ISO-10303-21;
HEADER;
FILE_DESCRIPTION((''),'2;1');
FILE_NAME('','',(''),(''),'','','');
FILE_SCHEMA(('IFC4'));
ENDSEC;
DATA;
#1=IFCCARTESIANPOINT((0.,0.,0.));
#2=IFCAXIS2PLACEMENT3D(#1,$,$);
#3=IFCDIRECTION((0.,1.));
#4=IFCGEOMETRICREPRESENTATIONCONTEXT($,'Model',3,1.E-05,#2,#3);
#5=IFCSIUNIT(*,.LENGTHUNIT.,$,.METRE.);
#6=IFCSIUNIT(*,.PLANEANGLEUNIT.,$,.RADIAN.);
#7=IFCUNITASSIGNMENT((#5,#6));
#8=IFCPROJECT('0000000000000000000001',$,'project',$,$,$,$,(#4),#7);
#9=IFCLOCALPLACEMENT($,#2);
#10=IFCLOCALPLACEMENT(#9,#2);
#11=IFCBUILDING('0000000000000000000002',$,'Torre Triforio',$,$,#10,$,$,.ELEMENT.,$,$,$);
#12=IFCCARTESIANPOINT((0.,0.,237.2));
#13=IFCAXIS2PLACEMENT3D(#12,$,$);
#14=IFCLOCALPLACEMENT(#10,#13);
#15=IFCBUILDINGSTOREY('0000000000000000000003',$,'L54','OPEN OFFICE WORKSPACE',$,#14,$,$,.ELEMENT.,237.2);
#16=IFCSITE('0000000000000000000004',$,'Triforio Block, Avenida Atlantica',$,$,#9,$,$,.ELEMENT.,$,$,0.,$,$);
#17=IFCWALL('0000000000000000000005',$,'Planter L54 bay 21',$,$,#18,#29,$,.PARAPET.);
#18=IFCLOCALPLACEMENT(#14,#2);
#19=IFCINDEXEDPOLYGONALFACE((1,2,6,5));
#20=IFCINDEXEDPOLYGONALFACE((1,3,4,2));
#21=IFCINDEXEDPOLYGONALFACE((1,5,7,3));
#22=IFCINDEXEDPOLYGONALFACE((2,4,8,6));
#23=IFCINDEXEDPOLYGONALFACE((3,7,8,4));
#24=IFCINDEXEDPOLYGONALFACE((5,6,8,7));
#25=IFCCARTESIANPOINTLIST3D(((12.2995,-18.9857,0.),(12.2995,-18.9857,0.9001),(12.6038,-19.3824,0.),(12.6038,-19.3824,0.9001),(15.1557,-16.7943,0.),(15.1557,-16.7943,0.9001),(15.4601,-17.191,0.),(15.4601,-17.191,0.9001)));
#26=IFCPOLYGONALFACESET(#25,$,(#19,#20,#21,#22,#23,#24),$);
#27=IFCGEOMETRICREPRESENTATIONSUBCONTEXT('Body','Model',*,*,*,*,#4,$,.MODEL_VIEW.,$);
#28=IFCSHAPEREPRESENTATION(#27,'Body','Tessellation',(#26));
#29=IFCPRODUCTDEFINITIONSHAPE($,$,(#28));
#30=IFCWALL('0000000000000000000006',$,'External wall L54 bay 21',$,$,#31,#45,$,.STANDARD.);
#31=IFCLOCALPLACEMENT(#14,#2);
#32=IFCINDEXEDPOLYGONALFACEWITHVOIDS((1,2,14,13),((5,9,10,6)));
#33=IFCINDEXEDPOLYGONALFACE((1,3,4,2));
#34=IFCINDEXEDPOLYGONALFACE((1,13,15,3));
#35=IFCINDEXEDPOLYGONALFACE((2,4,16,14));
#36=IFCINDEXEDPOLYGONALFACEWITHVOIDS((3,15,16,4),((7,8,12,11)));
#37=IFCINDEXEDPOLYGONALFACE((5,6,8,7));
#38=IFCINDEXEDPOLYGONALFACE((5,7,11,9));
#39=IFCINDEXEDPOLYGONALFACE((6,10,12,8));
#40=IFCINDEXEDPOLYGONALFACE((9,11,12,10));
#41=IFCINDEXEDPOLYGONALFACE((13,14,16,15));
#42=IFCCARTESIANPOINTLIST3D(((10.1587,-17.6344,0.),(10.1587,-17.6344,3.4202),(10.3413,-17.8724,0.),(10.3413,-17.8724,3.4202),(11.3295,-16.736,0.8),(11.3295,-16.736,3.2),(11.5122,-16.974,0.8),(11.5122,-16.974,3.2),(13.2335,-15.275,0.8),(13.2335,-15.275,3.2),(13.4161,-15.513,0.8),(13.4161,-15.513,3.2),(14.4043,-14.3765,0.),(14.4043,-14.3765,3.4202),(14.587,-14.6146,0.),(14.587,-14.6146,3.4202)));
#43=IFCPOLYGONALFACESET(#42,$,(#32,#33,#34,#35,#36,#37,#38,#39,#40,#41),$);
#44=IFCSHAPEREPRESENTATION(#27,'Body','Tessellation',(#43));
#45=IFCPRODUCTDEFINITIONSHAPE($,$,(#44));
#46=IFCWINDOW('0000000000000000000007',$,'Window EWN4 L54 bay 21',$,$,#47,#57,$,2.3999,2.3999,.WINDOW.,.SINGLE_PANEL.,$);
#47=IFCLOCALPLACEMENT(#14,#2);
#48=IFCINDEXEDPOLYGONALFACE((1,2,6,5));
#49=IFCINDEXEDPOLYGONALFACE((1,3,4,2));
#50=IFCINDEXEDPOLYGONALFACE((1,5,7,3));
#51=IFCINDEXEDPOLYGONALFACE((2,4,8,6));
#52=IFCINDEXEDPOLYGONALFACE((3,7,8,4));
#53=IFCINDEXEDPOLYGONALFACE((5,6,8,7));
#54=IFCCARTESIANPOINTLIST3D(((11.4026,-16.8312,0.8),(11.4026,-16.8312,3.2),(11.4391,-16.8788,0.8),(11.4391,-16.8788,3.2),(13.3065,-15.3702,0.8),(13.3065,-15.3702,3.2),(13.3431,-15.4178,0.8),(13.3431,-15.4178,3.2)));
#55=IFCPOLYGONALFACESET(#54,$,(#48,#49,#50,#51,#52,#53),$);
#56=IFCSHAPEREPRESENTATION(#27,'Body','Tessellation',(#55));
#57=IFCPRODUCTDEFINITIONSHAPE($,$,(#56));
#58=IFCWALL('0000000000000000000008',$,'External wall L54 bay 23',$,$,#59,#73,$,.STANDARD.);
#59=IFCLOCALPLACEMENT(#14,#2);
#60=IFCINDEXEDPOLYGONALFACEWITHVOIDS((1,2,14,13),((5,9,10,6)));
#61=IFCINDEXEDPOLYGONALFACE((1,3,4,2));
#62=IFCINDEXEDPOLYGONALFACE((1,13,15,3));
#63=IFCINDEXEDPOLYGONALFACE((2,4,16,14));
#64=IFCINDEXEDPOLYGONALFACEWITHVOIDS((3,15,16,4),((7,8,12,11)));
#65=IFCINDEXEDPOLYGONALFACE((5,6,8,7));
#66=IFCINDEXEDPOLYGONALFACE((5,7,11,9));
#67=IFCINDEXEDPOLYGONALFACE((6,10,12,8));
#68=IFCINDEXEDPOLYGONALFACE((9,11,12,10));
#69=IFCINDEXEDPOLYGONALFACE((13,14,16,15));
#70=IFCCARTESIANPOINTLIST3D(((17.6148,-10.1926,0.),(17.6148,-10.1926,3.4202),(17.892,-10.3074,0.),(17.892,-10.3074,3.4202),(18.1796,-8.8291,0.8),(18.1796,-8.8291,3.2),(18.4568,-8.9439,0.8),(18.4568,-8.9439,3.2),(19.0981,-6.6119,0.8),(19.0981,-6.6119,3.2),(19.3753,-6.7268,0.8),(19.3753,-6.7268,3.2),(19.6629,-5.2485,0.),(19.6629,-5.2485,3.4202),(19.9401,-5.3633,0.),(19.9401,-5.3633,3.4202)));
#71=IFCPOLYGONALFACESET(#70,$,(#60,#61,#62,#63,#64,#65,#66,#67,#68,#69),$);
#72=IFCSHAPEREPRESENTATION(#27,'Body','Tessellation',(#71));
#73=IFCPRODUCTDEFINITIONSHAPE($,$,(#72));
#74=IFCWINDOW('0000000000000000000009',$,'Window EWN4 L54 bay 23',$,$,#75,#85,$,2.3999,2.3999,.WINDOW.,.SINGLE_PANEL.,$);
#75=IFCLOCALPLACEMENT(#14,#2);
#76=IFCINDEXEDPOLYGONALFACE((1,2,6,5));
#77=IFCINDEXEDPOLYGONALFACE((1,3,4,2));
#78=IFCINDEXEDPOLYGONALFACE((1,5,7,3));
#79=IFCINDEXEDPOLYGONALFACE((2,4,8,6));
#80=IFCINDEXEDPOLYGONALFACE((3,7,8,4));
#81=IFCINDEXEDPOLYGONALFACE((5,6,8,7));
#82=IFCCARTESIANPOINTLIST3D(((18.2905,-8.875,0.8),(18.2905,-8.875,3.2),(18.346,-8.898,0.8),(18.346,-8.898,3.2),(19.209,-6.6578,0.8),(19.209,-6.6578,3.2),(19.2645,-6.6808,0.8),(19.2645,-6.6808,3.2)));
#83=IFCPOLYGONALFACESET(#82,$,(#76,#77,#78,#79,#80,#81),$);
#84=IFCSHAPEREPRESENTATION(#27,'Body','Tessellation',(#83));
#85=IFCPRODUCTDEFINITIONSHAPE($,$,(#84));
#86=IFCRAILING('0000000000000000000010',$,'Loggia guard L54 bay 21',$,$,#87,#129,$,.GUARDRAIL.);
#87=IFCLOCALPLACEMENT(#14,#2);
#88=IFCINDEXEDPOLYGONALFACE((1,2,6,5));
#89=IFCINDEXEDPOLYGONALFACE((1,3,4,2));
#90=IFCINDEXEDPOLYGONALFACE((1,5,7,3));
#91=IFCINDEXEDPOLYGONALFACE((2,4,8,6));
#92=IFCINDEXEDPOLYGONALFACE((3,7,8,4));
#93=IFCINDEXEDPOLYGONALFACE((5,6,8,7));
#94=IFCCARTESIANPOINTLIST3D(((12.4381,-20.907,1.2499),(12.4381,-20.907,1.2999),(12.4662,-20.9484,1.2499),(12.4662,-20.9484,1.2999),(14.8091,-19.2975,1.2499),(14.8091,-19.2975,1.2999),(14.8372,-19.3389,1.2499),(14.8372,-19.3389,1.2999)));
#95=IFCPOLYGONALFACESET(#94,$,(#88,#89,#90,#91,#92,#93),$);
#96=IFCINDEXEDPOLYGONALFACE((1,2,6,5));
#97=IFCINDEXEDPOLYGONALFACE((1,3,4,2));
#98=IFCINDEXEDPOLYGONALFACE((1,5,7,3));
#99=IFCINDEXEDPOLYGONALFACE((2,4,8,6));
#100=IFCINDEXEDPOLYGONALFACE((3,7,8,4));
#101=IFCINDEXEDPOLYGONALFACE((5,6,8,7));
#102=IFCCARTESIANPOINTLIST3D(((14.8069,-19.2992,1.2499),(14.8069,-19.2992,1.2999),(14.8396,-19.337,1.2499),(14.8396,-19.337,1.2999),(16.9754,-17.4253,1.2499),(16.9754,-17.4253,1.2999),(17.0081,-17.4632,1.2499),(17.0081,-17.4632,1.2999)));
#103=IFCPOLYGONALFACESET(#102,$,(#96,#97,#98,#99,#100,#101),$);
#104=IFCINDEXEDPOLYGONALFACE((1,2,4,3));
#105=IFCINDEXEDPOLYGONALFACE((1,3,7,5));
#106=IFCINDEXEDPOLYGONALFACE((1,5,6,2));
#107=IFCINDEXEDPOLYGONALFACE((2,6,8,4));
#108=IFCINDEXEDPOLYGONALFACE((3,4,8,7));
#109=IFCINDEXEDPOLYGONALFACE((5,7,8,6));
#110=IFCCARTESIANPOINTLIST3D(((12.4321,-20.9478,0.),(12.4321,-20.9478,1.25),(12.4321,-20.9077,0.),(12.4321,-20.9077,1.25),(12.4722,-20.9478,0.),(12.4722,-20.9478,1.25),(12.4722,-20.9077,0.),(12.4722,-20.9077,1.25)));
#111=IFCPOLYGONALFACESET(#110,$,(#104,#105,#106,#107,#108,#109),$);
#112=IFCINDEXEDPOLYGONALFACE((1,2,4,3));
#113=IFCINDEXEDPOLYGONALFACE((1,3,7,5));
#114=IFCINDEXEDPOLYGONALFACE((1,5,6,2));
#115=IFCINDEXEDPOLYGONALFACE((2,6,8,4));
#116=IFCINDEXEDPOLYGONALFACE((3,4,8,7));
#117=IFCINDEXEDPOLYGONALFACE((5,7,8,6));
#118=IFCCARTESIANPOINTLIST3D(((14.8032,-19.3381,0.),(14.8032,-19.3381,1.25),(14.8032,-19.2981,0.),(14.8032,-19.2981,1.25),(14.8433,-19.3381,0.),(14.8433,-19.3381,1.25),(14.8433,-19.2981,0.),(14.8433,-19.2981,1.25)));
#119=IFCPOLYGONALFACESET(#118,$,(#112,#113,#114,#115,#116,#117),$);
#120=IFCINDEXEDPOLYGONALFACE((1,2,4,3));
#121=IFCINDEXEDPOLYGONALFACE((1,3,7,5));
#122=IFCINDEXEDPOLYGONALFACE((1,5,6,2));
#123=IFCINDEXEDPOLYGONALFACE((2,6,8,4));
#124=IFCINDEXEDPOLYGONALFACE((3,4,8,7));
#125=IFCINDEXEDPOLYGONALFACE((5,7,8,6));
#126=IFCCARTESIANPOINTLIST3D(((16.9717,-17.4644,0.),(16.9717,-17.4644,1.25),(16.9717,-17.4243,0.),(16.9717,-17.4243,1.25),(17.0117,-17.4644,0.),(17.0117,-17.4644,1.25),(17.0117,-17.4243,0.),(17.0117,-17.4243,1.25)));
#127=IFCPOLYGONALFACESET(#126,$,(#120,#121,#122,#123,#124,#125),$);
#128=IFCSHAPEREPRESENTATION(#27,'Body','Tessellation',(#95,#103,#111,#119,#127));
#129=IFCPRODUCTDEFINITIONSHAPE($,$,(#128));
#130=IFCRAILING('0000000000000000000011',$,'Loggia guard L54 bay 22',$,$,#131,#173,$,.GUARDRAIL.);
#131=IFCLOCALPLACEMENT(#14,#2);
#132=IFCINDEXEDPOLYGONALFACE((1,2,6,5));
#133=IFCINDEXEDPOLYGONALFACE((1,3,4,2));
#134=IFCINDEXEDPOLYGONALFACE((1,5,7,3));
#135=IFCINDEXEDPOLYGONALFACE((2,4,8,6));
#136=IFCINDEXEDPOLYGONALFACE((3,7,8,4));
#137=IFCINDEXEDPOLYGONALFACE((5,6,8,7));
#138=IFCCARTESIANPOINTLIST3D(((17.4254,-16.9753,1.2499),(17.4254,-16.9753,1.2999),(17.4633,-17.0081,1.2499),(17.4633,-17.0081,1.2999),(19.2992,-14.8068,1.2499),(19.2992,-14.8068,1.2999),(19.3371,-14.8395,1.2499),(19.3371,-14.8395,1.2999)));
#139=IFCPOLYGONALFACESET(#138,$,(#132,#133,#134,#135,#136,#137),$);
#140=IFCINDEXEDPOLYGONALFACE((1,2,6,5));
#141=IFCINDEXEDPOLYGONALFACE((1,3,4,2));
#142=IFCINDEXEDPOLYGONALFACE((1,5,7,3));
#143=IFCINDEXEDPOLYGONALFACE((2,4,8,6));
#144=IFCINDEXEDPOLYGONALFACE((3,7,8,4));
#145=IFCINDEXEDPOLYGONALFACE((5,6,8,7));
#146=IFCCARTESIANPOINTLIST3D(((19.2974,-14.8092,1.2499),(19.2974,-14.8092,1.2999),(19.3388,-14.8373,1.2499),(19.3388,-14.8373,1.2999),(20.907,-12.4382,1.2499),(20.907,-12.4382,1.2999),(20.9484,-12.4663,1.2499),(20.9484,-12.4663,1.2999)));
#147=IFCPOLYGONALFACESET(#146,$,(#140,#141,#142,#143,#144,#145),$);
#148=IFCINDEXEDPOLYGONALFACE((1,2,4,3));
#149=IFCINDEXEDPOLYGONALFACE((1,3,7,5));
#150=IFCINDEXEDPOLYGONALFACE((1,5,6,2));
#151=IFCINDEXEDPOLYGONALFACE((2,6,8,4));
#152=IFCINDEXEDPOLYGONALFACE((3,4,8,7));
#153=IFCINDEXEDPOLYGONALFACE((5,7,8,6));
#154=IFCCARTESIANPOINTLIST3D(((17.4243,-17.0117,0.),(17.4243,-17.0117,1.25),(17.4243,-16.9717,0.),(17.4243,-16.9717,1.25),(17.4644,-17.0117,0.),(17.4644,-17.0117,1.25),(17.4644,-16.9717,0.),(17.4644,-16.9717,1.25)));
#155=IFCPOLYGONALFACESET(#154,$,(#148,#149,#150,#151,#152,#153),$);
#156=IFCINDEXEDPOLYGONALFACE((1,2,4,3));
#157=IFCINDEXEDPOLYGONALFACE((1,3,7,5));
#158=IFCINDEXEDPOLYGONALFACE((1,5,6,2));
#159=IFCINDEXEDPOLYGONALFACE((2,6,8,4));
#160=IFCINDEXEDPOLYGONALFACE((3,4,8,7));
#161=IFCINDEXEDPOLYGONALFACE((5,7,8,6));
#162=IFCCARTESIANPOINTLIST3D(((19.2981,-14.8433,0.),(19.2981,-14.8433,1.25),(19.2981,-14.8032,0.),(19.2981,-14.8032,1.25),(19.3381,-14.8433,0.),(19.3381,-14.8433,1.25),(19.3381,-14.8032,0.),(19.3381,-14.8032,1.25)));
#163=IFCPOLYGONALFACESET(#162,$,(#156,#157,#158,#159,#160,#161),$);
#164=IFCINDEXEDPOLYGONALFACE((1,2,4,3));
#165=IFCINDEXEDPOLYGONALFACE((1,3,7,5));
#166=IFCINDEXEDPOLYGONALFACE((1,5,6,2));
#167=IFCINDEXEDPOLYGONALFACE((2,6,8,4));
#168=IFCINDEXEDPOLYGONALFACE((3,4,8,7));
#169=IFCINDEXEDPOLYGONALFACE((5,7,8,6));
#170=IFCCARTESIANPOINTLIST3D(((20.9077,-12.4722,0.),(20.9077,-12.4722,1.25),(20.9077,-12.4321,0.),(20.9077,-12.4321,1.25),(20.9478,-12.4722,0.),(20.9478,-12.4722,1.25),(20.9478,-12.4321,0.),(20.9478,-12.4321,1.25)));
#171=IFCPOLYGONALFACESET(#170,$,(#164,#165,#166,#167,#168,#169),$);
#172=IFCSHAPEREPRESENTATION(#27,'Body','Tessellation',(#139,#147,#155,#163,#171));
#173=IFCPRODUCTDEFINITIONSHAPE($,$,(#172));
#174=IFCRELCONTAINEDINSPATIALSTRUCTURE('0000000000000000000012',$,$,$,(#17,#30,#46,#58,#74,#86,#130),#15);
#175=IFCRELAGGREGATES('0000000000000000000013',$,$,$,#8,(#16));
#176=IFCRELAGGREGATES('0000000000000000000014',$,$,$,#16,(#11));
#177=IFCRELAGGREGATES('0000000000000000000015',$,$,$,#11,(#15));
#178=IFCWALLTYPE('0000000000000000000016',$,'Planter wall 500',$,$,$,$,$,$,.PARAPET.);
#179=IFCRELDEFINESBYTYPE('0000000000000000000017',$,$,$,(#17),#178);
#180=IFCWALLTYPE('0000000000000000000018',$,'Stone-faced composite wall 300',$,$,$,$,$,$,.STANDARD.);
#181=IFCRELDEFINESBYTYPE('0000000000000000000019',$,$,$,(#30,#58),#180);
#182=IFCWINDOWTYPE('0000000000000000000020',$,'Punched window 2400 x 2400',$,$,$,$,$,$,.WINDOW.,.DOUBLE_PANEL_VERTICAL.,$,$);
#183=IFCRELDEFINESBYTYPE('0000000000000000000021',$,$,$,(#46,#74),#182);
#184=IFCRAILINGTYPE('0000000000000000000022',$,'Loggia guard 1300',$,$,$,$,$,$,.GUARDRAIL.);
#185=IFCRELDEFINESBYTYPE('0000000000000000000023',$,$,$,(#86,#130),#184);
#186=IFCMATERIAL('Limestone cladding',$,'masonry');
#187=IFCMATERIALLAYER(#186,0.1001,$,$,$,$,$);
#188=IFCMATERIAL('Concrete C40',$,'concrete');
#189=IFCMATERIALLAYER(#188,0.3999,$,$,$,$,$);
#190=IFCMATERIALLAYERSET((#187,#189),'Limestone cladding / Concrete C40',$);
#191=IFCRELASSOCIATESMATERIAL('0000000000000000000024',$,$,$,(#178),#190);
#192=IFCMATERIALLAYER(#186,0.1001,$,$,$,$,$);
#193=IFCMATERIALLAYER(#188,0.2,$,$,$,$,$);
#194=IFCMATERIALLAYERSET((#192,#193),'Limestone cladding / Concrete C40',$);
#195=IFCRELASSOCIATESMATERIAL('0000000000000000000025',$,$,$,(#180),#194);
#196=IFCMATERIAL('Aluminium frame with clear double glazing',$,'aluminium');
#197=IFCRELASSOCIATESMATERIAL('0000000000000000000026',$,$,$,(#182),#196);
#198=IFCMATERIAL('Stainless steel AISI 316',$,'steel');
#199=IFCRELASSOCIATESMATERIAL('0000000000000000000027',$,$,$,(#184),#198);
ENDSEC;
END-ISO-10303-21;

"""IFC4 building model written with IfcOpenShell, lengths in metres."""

from ifc_helpers import new_model, si_unit, direction, frame, frame_2d, origin, origin_2d, place, context, subcontext, project, spatial, rectangle, extrude, material, layer, layer_set, type_object, element, fill, save


model = new_model("IFC4")

# Units and contexts
model_context = context("Model", 3, precision=1e-05, world=origin(), true_north=direction((0.0, 1.0)))
body_context = subcontext(model_context, "Body", "Model", "MODEL_VIEW")
ifc_project = project(units=[si_unit("LENGTHUNIT", "METRE"), si_unit("PLANEANGLEUNIT", "RADIAN")], contexts=[model_context])

# Site, building, storey
site_placement = place(None, origin())
site = spatial("IfcSite", under=ifc_project, at=site_placement, Name="Triforio Block, Avenida Atlantica", CompositionType="ELEMENT", RefElevation=0.0)
building_placement = place(site_placement, origin())
building = spatial("IfcBuilding", under=site, at=building_placement, Name="Torre Triforio", CompositionType="ELEMENT")
storey_placement = place(building_placement, frame((0.0, 0.0, 237.2)))
storey = spatial("IfcBuildingStorey", under=building, at=storey_placement, Name="L54", Description="OPEN OFFICE WORKSPACE", CompositionType="ELEMENT", Elevation=237.2)

# Shared definitions
ifc_material_1 = material(Name="Concrete C40", Category="concrete")

# Wall
ifc_material_2 = material(Name="Limestone cladding", Category="masonry")
ifc_layer_1 = layer(ifc_material_2, 0.1001)
ifc_layer_2 = layer(ifc_material_1, 0.3999)
ifc_layer_set_1 = layer_set([ifc_layer_1, ifc_layer_2], Name="Limestone cladding / Concrete C40")
wall_type_1 = type_object("IfcWallType", Name="Planter wall 500", PredefinedType="PARAPET", material=ifc_layer_set_1)
wall_1_placement = place(storey_placement, frame((12.4517, -19.1841, 0.0), z_axis=(0.0, 0.0, 1.0), x_axis=(0.793385, 0.608721, 0.0)))
element("IfcWall", 1, at=wall_1_placement, inside=storey, type_object=wall_type_1, Name="Planter L54 bay 21", PredefinedType="PARAPET", context=body_context, shape_type="SweptSolid", body=[
    extrude(rectangle(XDim=3.6001, YDim=0.5, at=frame_2d((1.8, 0.0))), origin(), (0.0, 0.0, 1.0), 0.9001),
])

# Wall, opening, window
ifc_layer_3 = layer(ifc_material_2, 0.1001)
ifc_layer_4 = layer(ifc_material_1, 0.2)
ifc_layer_set_2 = layer_set([ifc_layer_3, ifc_layer_4], Name="Limestone cladding / Concrete C40")
wall_type_2 = type_object("IfcWallType", Name="Stone-faced composite wall 300", PredefinedType="STANDARD", material=ifc_layer_set_2)
wall_2_placement = place(storey_placement, frame((10.25, -17.7534, 0.0), z_axis=(0.0, 0.0, 1.0), x_axis=(0.793349, 0.608767, 0.0)))
wall_2 = element("IfcWall", 2, at=wall_2_placement, inside=storey, type_object=wall_type_2, Name="External wall L54 bay 21", PredefinedType="STANDARD", context=body_context, shape_type="SweptSolid", body=[
    extrude(rectangle(XDim=5.3516, YDim=0.3, at=frame_2d((2.6758, 0.0))), origin(), (0.0, 0.0, 1.0), 3.4202),
])
opening_1_placement = place(wall_2_placement, frame((1.4758, 0.0, 0.8)))
opening_1 = element("IfcOpeningElement", 3, at=opening_1_placement, cuts=wall_2, PredefinedType="OPENING", context=body_context, shape_type="SweptSolid", body=[
    extrude(rectangle(XDim=2.3999, YDim=2.3999, at=frame_2d((1.2, 1.2))), frame((0.0, 0.1599, 0.0), z_axis=(0.0, -1.0, 0.0), x_axis=(1.0, 0.0, 0.0)), (0.0, 0.0, 1.0), 0.3201),
])
ifc_material_3 = material(Name="Aluminium frame with clear double glazing", Category="aluminium")
window_type_1 = type_object("IfcWindowType", Name="Punched window 2400 x 2400", PartitioningType="DOUBLE_PANEL_VERTICAL", PredefinedType="WINDOW", material=ifc_material_3)
window_1_placement = place(opening_1_placement, origin())
window_1 = element("IfcWindow", 4, at=window_1_placement, inside=storey, type_object=window_type_1, Name="Window EWN4 L54 bay 21", OverallHeight=2.3999, OverallWidth=2.3999, PartitioningType="SINGLE_PANEL", PredefinedType="WINDOW", context=body_context, shape_type="SweptSolid", body=[
    extrude(rectangle(XDim=2.3999, YDim=2.3999, at=frame_2d((1.2, 1.2))), frame((0.0, 0.03, 0.0), z_axis=(0.0, -1.0, 0.0), x_axis=(1.0, 0.0, 0.0)), (0.0, 0.0, 1.0), 0.0601),
])
fill(opening_1, window_1)

# Wall, opening, window
wall_3_placement = place(storey_placement, frame((17.7534, -10.25, 0.0), z_axis=(0.0, 0.0, 1.0), x_axis=(0.382713, 0.923867, 0.0)))
wall_3 = element("IfcWall", 5, at=wall_3_placement, inside=storey, type_object=wall_type_2, Name="External wall L54 bay 23", PredefinedType="STANDARD", context=body_context, shape_type="SweptSolid", body=[
    extrude(rectangle(XDim=5.3516, YDim=0.3, at=frame_2d((2.6758, 0.0))), origin(), (0.0, 0.0, 1.0), 3.4202),
])
opening_2_placement = place(wall_3_placement, frame((1.4758, 0.0, 0.8)))
opening_2 = element("IfcOpeningElement", 6, at=opening_2_placement, cuts=wall_3, PredefinedType="OPENING", context=body_context, shape_type="SweptSolid", body=[
    extrude(rectangle(XDim=2.3999, YDim=2.3999, at=frame_2d((1.2, 1.2))), frame((0.0, 0.1599, 0.0), z_axis=(0.0, -1.0, 0.0), x_axis=(1.0, 0.0, 0.0)), (0.0, 0.0, 1.0), 0.3201),
])
window_2_placement = place(opening_2_placement, origin())
window_2 = element("IfcWindow", 7, at=window_2_placement, inside=storey, type_object=window_type_1, Name="Window EWN4 L54 bay 23", OverallHeight=2.3999, OverallWidth=2.3999, PartitioningType="SINGLE_PANEL", PredefinedType="WINDOW", context=body_context, shape_type="SweptSolid", body=[
    extrude(rectangle(XDim=2.3999, YDim=2.3999, at=frame_2d((1.2, 1.2))), frame((0.0, 0.03, 0.0), z_axis=(0.0, -1.0, 0.0), x_axis=(1.0, 0.0, 0.0)), (0.0, 0.0, 1.0), 0.0601),
])
fill(opening_2, window_2)

# Railings
ifc_material_4 = material(Name="Stainless steel AISI 316", Category="steel")
railing_type = type_object("IfcRailingType", Name="Loggia guard 1300", PredefinedType="GUARDRAIL", material=ifc_material_4)
railing_1_placement = place(storey_placement, frame((12.4521, -20.9277, 0.0)))
element("IfcRailing", 8, at=railing_1_placement, inside=storey, type_object=railing_type, Name="Loggia guard L54 bay 21", PredefinedType="GUARDRAIL", context=body_context, shape_type="SweptSolid", body=[
    extrude(rectangle(XDim=0.05, YDim=0.05, at=origin_2d()), frame((0.0, 0.0, 1.2749), z_axis=(0.827368, 0.56166, 0.0), x_axis=(-0.56166, 0.827368, 0.0)), (0.0, 0.0, 1.0), 2.8657),
    extrude(rectangle(XDim=0.05, YDim=0.05, at=origin_2d()), frame((2.3711, 1.6096, 1.2749), z_axis=(0.756647, 0.653824, 0.0), x_axis=(-0.653824, 0.756647, 0.0)), (0.0, 0.0, 1.0), 2.866),
    extrude(rectangle(XDim=0.04, YDim=0.04, at=origin_2d()), origin(), (0.0, 0.0, 1.0), 1.25),
    extrude(rectangle(XDim=0.04, YDim=0.04, at=origin_2d()), frame((2.3711, 1.6096, 0.0)), (0.0, 0.0, 1.0), 1.25),
    extrude(rectangle(XDim=0.04, YDim=0.04, at=origin_2d()), frame((4.5396, 3.4834, 0.0)), (0.0, 0.0, 1.0), 1.25),
])
railing_2_placement = place(storey_placement, frame((17.4443, -16.9917, 0.0)))
element("IfcRailing", 9, at=railing_2_placement, inside=storey, type_object=railing_type, Name="Loggia guard L54 bay 22", PredefinedType="GUARDRAIL", context=body_context, shape_type="SweptSolid", body=[
    extrude(rectangle(XDim=0.05, YDim=0.05, at=origin_2d()), frame((0.0, 0.0, 1.2749), z_axis=(0.653824, 0.756647, 0.0), x_axis=(-0.756647, 0.653824, 0.0)), (0.0, 0.0, 1.0), 2.866),
    extrude(rectangle(XDim=0.05, YDim=0.05, at=origin_2d()), frame((1.8738, 2.1685, 1.2749), z_axis=(0.56166, 0.827368, 0.0), x_axis=(-0.827368, 0.56166, 0.0)), (0.0, 0.0, 1.0), 2.8657),
    extrude(rectangle(XDim=0.04, YDim=0.04, at=origin_2d()), origin(), (0.0, 0.0, 1.0), 1.25),
    extrude(rectangle(XDim=0.04, YDim=0.04, at=origin_2d()), frame((1.8738, 2.1685, 0.0)), (0.0, 0.0, 1.0), 1.25),
    extrude(rectangle(XDim=0.04, YDim=0.04, at=origin_2d()), frame((3.4834, 4.5396, 0.0)), (0.0, 0.0, 1.0), 1.25),
])

save(model, "model.ifc")
